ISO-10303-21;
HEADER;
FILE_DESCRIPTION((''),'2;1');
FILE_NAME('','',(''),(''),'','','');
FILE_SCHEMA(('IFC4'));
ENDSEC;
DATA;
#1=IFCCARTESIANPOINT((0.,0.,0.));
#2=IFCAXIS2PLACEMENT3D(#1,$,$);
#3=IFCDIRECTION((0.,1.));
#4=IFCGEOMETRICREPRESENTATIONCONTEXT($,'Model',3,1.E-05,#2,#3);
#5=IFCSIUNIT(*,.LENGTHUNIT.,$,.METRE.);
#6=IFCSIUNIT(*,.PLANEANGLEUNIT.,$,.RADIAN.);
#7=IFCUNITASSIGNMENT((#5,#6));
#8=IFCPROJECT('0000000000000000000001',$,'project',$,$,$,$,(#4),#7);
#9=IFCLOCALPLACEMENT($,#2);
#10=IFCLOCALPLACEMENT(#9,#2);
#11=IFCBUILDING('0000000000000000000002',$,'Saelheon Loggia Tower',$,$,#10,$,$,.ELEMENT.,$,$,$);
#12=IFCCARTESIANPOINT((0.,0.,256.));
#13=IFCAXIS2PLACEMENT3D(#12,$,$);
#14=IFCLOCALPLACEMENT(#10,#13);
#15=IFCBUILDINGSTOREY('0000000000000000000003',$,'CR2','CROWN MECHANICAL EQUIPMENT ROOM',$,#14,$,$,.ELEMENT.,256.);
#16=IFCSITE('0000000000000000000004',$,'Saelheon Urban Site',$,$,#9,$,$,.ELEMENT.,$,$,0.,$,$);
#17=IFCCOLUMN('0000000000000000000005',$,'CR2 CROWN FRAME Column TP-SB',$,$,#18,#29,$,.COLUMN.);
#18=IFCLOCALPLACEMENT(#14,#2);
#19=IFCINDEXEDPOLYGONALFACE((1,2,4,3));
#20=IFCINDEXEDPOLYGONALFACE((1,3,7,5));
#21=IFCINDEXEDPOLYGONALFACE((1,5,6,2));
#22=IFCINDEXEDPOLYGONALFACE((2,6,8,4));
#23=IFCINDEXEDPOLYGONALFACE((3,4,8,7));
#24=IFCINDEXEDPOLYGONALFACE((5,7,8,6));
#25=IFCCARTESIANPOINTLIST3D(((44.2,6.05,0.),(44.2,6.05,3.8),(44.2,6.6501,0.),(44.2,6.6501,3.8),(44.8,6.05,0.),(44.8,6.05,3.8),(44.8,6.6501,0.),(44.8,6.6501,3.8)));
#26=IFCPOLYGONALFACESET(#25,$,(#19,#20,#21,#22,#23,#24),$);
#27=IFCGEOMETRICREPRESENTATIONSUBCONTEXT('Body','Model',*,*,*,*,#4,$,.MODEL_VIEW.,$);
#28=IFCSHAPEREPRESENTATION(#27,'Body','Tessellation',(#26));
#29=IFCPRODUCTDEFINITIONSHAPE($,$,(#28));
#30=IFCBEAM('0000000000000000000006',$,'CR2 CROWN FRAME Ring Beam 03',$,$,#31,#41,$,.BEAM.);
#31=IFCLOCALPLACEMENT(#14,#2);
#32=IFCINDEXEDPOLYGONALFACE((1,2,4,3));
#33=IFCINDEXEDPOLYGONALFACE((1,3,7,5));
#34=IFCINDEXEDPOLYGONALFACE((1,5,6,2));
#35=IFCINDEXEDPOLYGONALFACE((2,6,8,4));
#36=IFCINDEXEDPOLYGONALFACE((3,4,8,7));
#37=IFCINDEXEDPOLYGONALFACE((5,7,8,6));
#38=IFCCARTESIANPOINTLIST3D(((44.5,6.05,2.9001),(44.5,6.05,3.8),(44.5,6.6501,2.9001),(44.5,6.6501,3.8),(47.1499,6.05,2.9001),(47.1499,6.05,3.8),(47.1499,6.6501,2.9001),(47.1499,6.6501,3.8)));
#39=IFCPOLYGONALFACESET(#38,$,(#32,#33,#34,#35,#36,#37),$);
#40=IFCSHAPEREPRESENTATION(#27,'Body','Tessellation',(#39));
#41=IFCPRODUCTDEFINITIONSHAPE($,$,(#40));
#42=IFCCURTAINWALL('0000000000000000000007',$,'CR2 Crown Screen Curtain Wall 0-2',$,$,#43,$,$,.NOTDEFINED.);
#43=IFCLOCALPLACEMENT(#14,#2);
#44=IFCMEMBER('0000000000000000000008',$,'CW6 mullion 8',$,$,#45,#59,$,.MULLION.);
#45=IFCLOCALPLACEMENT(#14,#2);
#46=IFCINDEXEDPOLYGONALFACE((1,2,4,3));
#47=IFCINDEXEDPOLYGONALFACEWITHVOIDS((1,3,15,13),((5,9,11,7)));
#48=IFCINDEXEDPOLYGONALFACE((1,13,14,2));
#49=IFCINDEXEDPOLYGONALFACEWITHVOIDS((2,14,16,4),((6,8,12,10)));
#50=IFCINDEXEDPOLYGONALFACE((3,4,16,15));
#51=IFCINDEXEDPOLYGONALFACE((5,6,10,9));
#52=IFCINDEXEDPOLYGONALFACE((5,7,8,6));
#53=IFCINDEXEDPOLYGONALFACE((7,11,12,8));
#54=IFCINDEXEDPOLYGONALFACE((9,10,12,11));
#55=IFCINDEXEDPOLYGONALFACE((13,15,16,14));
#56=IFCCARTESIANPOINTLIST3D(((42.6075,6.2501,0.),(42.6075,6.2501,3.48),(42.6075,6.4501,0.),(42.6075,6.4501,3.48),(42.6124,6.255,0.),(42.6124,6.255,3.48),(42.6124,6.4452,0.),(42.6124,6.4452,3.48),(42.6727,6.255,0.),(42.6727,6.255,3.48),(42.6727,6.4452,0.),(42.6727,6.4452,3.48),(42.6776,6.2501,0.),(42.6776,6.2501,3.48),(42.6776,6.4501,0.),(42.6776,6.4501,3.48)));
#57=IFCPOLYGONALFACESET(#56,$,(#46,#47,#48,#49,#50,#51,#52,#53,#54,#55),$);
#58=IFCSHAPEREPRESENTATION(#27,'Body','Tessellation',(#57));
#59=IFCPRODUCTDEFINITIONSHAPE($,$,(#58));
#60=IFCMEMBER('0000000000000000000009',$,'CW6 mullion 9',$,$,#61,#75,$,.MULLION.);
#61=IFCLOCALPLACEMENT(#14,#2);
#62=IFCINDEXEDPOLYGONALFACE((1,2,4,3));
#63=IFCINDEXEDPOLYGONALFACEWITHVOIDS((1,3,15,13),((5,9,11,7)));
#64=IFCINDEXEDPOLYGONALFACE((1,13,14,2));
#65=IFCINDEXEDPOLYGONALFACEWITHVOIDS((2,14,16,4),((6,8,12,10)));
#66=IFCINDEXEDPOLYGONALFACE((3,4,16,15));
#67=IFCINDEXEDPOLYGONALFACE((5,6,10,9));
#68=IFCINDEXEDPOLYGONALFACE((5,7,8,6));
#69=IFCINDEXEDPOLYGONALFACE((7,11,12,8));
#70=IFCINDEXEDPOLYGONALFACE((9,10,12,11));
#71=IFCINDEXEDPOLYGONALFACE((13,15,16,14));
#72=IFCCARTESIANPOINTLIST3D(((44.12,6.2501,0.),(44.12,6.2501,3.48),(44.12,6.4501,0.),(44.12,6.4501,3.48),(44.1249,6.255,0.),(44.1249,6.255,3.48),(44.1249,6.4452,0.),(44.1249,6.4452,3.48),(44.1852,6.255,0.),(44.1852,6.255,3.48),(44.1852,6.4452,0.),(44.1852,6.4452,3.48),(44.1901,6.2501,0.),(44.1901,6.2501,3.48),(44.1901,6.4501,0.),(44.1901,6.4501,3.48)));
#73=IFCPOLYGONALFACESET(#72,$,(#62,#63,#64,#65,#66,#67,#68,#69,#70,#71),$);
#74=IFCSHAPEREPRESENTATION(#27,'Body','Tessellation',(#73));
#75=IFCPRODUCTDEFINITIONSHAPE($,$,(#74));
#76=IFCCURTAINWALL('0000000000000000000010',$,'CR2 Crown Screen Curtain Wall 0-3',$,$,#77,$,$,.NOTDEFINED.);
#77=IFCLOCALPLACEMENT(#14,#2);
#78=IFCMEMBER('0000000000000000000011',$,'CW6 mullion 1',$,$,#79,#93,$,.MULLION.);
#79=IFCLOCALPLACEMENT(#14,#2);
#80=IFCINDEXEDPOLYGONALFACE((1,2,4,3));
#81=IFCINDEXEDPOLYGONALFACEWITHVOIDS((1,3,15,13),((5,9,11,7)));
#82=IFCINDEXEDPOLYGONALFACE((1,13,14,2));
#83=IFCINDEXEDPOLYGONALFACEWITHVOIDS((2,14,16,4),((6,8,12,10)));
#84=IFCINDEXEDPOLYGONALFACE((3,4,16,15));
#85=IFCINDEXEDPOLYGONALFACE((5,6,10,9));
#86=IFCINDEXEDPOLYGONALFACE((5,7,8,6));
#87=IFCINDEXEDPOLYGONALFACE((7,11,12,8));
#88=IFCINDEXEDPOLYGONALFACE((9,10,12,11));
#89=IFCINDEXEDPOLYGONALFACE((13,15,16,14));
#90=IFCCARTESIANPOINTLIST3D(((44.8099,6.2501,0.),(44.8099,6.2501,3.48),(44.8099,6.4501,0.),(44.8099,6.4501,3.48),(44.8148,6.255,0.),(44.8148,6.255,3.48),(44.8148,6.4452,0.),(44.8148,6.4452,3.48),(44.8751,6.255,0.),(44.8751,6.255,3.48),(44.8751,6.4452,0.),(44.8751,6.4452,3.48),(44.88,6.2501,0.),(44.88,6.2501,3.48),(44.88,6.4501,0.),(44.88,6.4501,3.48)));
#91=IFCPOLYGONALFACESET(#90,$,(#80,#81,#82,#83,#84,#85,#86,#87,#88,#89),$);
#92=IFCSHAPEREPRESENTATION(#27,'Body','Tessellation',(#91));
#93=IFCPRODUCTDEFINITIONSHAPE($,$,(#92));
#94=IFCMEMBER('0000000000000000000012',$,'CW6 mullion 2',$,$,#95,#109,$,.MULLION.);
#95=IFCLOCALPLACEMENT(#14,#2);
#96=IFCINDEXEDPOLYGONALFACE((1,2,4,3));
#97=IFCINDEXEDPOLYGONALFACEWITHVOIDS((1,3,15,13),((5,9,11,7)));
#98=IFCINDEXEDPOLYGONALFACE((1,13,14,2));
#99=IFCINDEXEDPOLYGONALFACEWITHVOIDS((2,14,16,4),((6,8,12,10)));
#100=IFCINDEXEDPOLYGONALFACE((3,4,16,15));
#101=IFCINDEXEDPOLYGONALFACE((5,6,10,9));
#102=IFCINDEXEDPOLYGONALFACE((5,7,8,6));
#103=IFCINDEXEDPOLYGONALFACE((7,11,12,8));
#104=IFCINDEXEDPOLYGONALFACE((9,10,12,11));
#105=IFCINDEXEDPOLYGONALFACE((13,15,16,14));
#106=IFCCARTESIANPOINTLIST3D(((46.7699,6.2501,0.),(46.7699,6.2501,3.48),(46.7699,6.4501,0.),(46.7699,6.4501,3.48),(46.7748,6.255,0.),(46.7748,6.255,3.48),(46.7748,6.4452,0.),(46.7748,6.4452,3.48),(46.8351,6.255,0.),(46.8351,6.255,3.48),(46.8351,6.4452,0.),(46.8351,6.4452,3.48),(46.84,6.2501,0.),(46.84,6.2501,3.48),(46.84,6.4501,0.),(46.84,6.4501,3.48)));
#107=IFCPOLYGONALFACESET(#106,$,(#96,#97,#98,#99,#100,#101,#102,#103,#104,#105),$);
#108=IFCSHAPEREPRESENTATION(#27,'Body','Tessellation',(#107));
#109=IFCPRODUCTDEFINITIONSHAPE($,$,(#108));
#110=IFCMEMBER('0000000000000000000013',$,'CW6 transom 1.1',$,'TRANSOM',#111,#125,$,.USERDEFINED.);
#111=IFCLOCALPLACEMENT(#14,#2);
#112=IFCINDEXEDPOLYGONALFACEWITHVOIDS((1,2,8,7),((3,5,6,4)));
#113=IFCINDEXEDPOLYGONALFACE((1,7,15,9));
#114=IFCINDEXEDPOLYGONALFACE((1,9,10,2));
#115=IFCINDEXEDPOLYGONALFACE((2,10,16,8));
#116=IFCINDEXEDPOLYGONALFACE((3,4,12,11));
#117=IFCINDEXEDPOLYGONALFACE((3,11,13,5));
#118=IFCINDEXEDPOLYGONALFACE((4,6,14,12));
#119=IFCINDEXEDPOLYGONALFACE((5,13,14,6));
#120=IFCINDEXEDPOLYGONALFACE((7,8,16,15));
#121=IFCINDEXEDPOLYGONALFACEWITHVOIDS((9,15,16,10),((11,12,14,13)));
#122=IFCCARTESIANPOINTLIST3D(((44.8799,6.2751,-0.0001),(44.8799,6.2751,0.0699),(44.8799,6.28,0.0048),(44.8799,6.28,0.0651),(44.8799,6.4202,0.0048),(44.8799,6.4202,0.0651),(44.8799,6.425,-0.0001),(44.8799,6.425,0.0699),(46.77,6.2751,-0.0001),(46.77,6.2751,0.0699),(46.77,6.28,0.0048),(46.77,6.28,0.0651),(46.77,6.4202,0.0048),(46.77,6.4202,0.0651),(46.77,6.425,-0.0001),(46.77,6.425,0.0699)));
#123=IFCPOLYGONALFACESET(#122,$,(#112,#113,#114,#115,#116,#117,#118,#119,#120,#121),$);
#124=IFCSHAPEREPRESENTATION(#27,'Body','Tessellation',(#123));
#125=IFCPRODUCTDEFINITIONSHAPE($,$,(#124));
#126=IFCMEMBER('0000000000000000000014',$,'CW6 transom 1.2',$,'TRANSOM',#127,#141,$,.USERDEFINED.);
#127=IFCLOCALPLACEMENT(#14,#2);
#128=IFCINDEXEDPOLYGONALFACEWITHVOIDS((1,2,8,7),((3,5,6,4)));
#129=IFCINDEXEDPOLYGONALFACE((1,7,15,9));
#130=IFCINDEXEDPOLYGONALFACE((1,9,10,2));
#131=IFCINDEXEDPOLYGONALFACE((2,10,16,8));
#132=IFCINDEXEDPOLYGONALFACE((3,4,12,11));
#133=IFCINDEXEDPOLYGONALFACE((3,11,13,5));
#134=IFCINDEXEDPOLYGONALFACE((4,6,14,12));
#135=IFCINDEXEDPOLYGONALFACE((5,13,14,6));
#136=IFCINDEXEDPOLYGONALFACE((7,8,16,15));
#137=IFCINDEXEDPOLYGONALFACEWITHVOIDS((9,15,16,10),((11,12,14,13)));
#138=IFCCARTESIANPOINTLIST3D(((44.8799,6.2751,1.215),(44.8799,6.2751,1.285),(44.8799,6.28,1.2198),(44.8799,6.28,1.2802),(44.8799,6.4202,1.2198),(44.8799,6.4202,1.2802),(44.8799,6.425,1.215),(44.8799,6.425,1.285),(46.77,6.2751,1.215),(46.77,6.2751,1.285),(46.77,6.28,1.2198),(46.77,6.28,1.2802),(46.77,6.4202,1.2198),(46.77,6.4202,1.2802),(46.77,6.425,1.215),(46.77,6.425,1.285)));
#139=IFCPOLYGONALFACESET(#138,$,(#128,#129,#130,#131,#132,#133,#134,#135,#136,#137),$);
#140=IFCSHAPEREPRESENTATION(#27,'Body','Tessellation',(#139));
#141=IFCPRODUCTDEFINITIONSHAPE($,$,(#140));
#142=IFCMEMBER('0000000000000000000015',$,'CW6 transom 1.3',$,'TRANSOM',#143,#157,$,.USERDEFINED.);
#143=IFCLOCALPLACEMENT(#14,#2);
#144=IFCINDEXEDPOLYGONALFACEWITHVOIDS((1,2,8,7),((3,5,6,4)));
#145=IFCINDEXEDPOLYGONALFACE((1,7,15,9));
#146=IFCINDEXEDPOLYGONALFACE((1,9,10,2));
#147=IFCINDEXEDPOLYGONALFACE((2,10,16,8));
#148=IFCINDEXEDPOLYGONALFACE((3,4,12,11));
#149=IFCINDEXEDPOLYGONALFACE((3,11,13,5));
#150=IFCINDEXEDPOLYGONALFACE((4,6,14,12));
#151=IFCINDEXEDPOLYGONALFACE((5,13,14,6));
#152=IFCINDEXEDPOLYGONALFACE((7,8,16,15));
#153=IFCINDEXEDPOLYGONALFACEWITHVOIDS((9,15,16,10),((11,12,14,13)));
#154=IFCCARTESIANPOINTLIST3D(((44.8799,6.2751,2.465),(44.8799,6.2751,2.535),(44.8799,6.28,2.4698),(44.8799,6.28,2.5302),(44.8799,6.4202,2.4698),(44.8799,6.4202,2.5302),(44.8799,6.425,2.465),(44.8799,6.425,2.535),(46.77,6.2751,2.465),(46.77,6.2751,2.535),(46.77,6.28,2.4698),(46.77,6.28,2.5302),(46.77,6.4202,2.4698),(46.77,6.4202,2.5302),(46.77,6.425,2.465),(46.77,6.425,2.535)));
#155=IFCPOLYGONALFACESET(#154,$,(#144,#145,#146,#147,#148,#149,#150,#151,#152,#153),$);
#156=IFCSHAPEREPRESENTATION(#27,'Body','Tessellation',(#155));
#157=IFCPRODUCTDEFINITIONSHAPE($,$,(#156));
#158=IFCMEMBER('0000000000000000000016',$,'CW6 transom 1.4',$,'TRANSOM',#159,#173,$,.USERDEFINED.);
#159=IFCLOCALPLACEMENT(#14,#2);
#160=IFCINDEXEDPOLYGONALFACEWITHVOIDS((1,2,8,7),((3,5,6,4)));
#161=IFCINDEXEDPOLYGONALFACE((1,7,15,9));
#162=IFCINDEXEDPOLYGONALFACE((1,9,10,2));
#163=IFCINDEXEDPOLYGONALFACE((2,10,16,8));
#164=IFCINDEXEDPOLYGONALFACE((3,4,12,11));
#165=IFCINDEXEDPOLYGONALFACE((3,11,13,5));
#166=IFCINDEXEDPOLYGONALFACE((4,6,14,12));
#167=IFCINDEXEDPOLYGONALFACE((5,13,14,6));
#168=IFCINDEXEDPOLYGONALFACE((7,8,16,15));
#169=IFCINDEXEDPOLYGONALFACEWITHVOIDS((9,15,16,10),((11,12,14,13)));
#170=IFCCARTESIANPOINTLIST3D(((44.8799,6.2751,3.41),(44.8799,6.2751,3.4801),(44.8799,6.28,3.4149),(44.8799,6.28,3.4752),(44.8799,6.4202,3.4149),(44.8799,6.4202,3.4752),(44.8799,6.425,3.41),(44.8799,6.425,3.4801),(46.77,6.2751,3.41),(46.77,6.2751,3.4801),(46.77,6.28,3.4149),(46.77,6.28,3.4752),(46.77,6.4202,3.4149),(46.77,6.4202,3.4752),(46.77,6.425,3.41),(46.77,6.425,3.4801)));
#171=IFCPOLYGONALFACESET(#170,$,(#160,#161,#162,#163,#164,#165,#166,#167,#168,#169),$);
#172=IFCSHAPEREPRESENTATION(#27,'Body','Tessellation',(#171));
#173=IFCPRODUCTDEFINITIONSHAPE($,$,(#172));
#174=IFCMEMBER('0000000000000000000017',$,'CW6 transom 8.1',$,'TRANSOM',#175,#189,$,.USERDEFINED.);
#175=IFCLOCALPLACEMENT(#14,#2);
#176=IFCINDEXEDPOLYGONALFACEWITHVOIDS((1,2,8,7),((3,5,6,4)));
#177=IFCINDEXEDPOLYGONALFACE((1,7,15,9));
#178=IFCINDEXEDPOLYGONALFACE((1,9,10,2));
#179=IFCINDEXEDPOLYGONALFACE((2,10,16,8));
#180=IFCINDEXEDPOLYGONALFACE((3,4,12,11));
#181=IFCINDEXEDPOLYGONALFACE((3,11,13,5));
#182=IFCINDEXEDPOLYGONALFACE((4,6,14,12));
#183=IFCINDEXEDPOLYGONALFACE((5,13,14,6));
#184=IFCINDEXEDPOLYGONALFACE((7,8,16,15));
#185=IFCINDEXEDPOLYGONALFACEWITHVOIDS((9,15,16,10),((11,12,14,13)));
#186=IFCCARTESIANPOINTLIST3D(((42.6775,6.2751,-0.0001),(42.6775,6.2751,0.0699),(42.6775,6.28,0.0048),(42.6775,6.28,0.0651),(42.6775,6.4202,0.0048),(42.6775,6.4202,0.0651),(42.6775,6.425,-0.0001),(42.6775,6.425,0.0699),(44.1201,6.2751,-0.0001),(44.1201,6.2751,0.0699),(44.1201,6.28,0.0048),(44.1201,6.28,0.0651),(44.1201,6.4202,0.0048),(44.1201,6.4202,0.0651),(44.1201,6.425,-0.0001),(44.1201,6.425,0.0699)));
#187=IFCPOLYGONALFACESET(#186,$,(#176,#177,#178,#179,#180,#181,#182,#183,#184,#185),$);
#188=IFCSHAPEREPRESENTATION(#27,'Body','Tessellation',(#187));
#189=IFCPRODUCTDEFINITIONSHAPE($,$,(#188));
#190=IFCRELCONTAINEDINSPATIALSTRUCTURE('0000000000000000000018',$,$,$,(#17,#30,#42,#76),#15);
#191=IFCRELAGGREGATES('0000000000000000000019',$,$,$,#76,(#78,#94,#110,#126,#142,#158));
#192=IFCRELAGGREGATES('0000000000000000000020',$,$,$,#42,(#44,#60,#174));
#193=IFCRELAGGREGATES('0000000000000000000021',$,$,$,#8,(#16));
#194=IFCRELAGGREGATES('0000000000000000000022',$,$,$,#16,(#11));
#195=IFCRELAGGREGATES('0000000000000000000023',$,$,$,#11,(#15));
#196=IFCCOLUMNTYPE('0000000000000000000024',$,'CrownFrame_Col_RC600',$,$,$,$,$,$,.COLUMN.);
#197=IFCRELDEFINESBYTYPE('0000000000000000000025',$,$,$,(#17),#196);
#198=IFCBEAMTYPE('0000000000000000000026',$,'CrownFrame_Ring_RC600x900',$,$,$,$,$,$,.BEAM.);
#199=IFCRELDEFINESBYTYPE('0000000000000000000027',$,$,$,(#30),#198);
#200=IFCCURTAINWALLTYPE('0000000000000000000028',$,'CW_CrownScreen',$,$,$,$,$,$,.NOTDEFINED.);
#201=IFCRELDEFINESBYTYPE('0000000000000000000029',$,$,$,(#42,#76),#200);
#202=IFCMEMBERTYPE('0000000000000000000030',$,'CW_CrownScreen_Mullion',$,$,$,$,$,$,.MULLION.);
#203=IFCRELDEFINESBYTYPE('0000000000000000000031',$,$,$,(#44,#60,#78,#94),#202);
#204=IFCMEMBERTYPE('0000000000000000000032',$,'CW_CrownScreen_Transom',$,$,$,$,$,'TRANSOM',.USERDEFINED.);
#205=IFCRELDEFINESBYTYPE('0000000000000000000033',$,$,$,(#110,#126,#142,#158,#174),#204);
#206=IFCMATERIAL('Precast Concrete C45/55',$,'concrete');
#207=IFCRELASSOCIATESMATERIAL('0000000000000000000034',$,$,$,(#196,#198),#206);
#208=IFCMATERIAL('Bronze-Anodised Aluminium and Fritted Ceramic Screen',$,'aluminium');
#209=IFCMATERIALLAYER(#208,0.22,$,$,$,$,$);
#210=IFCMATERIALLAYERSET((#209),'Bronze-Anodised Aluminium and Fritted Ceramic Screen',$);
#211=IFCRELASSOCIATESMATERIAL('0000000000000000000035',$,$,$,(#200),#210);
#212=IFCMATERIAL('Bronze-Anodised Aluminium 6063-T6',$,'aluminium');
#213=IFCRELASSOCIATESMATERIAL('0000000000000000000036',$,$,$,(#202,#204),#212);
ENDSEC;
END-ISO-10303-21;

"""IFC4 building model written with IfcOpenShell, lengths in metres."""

from ifc_helpers import new_model, si_unit, direction, frame, origin, origin_2d, place, context, subcontext, project, spatial, rectangle, hollow_rectangle, extrude, source, transform, mapped, material, layer, layer_set, material_profile, profile_set, type_object, element, aggregate, save


model = new_model("IFC4")

# Units and contexts
model_context = context("Model", 3, precision=1e-05, world=origin(), true_north=direction((0.0, 1.0)))
body_context = subcontext(model_context, "Body", "Model", "MODEL_VIEW")
ifc_project = project(units=[si_unit("LENGTHUNIT", "METRE"), si_unit("PLANEANGLEUNIT", "RADIAN")], contexts=[model_context])

# Site, building, storey
site_placement = place(None, origin())
site = spatial("IfcSite", under=ifc_project, at=site_placement, Name="Saelheon Urban Site", CompositionType="ELEMENT", RefElevation=0.0)
building_placement = place(site_placement, origin())
building = spatial("IfcBuilding", under=site, at=building_placement, Name="Saelheon Loggia Tower", CompositionType="ELEMENT")
storey_placement = place(building_placement, frame((0.0, 0.0, 256.0)))
storey = spatial("IfcBuildingStorey", under=building, at=storey_placement, Name="CR2", Description="CROWN MECHANICAL EQUIPMENT ROOM", CompositionType="ELEMENT", Elevation=256.0)

# Column
ifc_material_1 = material(Name="Precast Concrete C45/55", Category="concrete")
ifc_material_profile_1 = material_profile(ifc_material_1, rectangle(XDim=0.6001, YDim=0.6001, at=origin_2d()), Name="RC-600x600")
ifc_profile_set_1 = profile_set([ifc_material_profile_1], Name="Precast Concrete C45/55")
column_type = type_object("IfcColumnType", Name="CrownFrame_Col_RC600", PredefinedType="COLUMN", material=ifc_profile_set_1)
shared_shape_1 = source(origin(), body_context, "Body", "SweptSolid", [
    extrude(rectangle(XDim=0.6001, YDim=0.6001, at=origin_2d()), origin(), (0.0, 0.0, 1.0), 3.8),
])
column_placement = place(storey_placement, frame((44.5, 6.3501, 0.0), z_axis=(0.0, 0.0, 1.0), x_axis=(1.0, 0.0, 0.0)))
element("IfcColumn", 1, at=column_placement, inside=storey, type_object=column_type, Name="CR2 CROWN FRAME Column TP-SB", PredefinedType="COLUMN", context=body_context, shape_type="MappedRepresentation", body=[
    mapped(shared_shape_1, transform((0.0, 0.0, 0.0), scale=1.0)),
])

# Beam
ifc_material_profile_2 = material_profile(ifc_material_1, rectangle(XDim=0.6001, YDim=0.8999, at=origin_2d()), Name="RC-600x900")
ifc_profile_set_2 = profile_set([ifc_material_profile_2], Name="Precast Concrete C45/55")
beam_type = type_object("IfcBeamType", Name="CrownFrame_Ring_RC600x900", PredefinedType="BEAM", material=ifc_profile_set_2)
shared_shape_2 = source(origin(), body_context, "Body", "SweptSolid", [
    extrude(rectangle(XDim=0.6001, YDim=0.8999, at=origin_2d()), origin(), (0.0, 0.0, 1.0), 2.6499),
])
beam_placement = place(storey_placement, frame((44.5, 6.3501, 3.3501), z_axis=(1.0, 0.0, 0.0), x_axis=(0.0, 1.0, 0.0)))
element("IfcBeam", 2, at=beam_placement, inside=storey, type_object=beam_type, Name="CR2 CROWN FRAME Ring Beam 03", PredefinedType="BEAM", context=body_context, shape_type="MappedRepresentation", body=[
    mapped(shared_shape_2, transform((0.0, 0.0, 0.0), scale=1.0)),
])

# Curtain walls, members
ifc_material_2 = material(Name="Bronze-Anodised Aluminium and Fritted Ceramic Screen", Category="aluminium")
ifc_layer_1 = layer(ifc_material_2, 0.22)
ifc_layer_set_1 = layer_set([ifc_layer_1], Name="Bronze-Anodised Aluminium and Fritted Ceramic Screen")
curtain_wall_type = type_object("IfcCurtainWallType", Name="CW_CrownScreen", PredefinedType="NOTDEFINED", material=ifc_layer_set_1)
curtain_wall_1_placement = place(storey_placement, origin())
curtain_wall_1 = element("IfcCurtainWall", 3, at=curtain_wall_1_placement, inside=storey, type_object=curtain_wall_type, Name="CR2 Crown Screen Curtain Wall 0-2", PredefinedType="NOTDEFINED")
ifc_material_3 = material(Name="Bronze-Anodised Aluminium 6063-T6", Category="aluminium")
ifc_material_profile_3 = material_profile(ifc_material_3, hollow_rectangle(XDim=0.0701, YDim=0.2, WallThickness=0.0049, at=origin_2d()), Name="RHS-200x70x5")
ifc_profile_set_3 = profile_set([ifc_material_profile_3], Name="Bronze-Anodised Aluminium 6063-T6")
member_type_1 = type_object("IfcMemberType", Name="CW_CrownScreen_Mullion", PredefinedType="MULLION", material=ifc_profile_set_3)
shared_shape_3 = source(origin(), body_context, "Body", "SweptSolid", [
    extrude(hollow_rectangle(XDim=0.0701, YDim=0.2, WallThickness=0.0049, at=origin_2d()), origin(), (0.0, 0.0, 1.0), 3.48),
])
member_1_placement = place(storey_placement, frame((42.6426, 6.3501, 0.0), z_axis=(0.0, 0.0, 1.0), x_axis=(1.0, 0.0, 0.0)))
member_1 = element("IfcMember", 4, at=member_1_placement, type_object=member_type_1, Name="CW6 mullion 8", PredefinedType="MULLION", context=body_context, shape_type="MappedRepresentation", body=[
    mapped(shared_shape_3, transform((0.0, 0.0, 0.0), scale=1.0)),
])
member_2_placement = place(storey_placement, frame((44.155, 6.3501, 0.0), z_axis=(0.0, 0.0, 1.0), x_axis=(1.0, 0.0, 0.0)))
member_2 = element("IfcMember", 5, at=member_2_placement, type_object=member_type_1, Name="CW6 mullion 9", PredefinedType="MULLION", context=body_context, shape_type="MappedRepresentation", body=[
    mapped(shared_shape_3, transform((0.0, 0.0, 0.0), scale=1.0)),
])
curtain_wall_2_placement = place(storey_placement, origin())
curtain_wall_2 = element("IfcCurtainWall", 6, at=curtain_wall_2_placement, inside=storey, type_object=curtain_wall_type, Name="CR2 Crown Screen Curtain Wall 0-3", PredefinedType="NOTDEFINED")
member_3_placement = place(storey_placement, frame((44.845, 6.3501, 0.0), z_axis=(0.0, 0.0, 1.0), x_axis=(1.0, 0.0, 0.0)))
member_3 = element("IfcMember", 7, at=member_3_placement, type_object=member_type_1, Name="CW6 mullion 1", PredefinedType="MULLION", context=body_context, shape_type="MappedRepresentation", body=[
    mapped(shared_shape_3, transform((0.0, 0.0, 0.0), scale=1.0)),
])
member_4_placement = place(storey_placement, frame((46.8049, 6.3501, 0.0), z_axis=(0.0, 0.0, 1.0), x_axis=(1.0, 0.0, 0.0)))
member_4 = element("IfcMember", 8, at=member_4_placement, type_object=member_type_1, Name="CW6 mullion 2", PredefinedType="MULLION", context=body_context, shape_type="MappedRepresentation", body=[
    mapped(shared_shape_3, transform((0.0, 0.0, 0.0), scale=1.0)),
])
ifc_material_profile_4 = material_profile(ifc_material_3, hollow_rectangle(XDim=0.0701, YDim=0.1499, WallThickness=0.0049, at=origin_2d()), Name="RHS-150x70x5")
ifc_profile_set_4 = profile_set([ifc_material_profile_4], Name="Bronze-Anodised Aluminium 6063-T6")
member_type_2 = type_object("IfcMemberType", Name="CW_CrownScreen_Transom", ElementType="TRANSOM", PredefinedType="USERDEFINED", material=ifc_profile_set_4)
shared_shape_4 = source(origin(), body_context, "Body", "SweptSolid", [
    extrude(hollow_rectangle(XDim=0.0701, YDim=0.1499, WallThickness=0.0049, at=origin_2d()), origin(), (0.0, 0.0, 1.0), 1.8901),
])
member_5_placement = place(storey_placement, frame((44.8799, 6.3501, 0.0349), z_axis=(1.0, 0.0, 0.0), x_axis=(0.0, 0.0, 1.0)))
member_5 = element("IfcMember", 9, at=member_5_placement, type_object=member_type_2, Name="CW6 transom 1.1", ObjectType="TRANSOM", PredefinedType="USERDEFINED", context=body_context, shape_type="MappedRepresentation", body=[
    mapped(shared_shape_4, transform((0.0, 0.0, 0.0), scale=1.0)),
])
member_6_placement = place(storey_placement, frame((44.8799, 6.3501, 1.25), z_axis=(1.0, 0.0, 0.0), x_axis=(0.0, 0.0, 1.0)))
member_6 = element("IfcMember", 10, at=member_6_placement, type_object=member_type_2, Name="CW6 transom 1.2", ObjectType="TRANSOM", PredefinedType="USERDEFINED", context=body_context, shape_type="MappedRepresentation", body=[
    mapped(shared_shape_4, transform((0.0, 0.0, 0.0), scale=1.0)),
])
member_7_placement = place(storey_placement, frame((44.8799, 6.3501, 2.5), z_axis=(1.0, 0.0, 0.0), x_axis=(0.0, 0.0, 1.0)))
member_7 = element("IfcMember", 11, at=member_7_placement, type_object=member_type_2, Name="CW6 transom 1.3", ObjectType="TRANSOM", PredefinedType="USERDEFINED", context=body_context, shape_type="MappedRepresentation", body=[
    mapped(shared_shape_4, transform((0.0, 0.0, 0.0), scale=1.0)),
])
member_8_placement = place(storey_placement, frame((44.8799, 6.3501, 3.4451), z_axis=(1.0, 0.0, 0.0), x_axis=(0.0, 0.0, 1.0)))
member_8 = element("IfcMember", 12, at=member_8_placement, type_object=member_type_2, Name="CW6 transom 1.4", ObjectType="TRANSOM", PredefinedType="USERDEFINED", context=body_context, shape_type="MappedRepresentation", body=[
    mapped(shared_shape_4, transform((0.0, 0.0, 0.0), scale=1.0)),
])

# Member
shared_shape_5 = source(origin(), body_context, "Body", "SweptSolid", [
    extrude(hollow_rectangle(XDim=0.0701, YDim=0.1499, WallThickness=0.0049, at=origin_2d()), origin(), (0.0, 0.0, 1.0), 1.4426),
])
member_9_placement = place(storey_placement, frame((42.6775, 6.3501, 0.0349), z_axis=(1.0, 0.0, 0.0), x_axis=(0.0, 0.0, 1.0)))
member_9 = element("IfcMember", 13, at=member_9_placement, type_object=member_type_2, Name="CW6 transom 8.1", ObjectType="TRANSOM", PredefinedType="USERDEFINED", context=body_context, shape_type="MappedRepresentation", body=[
    mapped(shared_shape_5, transform((0.0, 0.0, 0.0), scale=1.0)),
])

aggregate(curtain_wall_2, [member_3, member_4, member_5, member_6, member_7, member_8])
aggregate(curtain_wall_1, [member_1, member_2, member_9])

save(model, "model.ifc")
